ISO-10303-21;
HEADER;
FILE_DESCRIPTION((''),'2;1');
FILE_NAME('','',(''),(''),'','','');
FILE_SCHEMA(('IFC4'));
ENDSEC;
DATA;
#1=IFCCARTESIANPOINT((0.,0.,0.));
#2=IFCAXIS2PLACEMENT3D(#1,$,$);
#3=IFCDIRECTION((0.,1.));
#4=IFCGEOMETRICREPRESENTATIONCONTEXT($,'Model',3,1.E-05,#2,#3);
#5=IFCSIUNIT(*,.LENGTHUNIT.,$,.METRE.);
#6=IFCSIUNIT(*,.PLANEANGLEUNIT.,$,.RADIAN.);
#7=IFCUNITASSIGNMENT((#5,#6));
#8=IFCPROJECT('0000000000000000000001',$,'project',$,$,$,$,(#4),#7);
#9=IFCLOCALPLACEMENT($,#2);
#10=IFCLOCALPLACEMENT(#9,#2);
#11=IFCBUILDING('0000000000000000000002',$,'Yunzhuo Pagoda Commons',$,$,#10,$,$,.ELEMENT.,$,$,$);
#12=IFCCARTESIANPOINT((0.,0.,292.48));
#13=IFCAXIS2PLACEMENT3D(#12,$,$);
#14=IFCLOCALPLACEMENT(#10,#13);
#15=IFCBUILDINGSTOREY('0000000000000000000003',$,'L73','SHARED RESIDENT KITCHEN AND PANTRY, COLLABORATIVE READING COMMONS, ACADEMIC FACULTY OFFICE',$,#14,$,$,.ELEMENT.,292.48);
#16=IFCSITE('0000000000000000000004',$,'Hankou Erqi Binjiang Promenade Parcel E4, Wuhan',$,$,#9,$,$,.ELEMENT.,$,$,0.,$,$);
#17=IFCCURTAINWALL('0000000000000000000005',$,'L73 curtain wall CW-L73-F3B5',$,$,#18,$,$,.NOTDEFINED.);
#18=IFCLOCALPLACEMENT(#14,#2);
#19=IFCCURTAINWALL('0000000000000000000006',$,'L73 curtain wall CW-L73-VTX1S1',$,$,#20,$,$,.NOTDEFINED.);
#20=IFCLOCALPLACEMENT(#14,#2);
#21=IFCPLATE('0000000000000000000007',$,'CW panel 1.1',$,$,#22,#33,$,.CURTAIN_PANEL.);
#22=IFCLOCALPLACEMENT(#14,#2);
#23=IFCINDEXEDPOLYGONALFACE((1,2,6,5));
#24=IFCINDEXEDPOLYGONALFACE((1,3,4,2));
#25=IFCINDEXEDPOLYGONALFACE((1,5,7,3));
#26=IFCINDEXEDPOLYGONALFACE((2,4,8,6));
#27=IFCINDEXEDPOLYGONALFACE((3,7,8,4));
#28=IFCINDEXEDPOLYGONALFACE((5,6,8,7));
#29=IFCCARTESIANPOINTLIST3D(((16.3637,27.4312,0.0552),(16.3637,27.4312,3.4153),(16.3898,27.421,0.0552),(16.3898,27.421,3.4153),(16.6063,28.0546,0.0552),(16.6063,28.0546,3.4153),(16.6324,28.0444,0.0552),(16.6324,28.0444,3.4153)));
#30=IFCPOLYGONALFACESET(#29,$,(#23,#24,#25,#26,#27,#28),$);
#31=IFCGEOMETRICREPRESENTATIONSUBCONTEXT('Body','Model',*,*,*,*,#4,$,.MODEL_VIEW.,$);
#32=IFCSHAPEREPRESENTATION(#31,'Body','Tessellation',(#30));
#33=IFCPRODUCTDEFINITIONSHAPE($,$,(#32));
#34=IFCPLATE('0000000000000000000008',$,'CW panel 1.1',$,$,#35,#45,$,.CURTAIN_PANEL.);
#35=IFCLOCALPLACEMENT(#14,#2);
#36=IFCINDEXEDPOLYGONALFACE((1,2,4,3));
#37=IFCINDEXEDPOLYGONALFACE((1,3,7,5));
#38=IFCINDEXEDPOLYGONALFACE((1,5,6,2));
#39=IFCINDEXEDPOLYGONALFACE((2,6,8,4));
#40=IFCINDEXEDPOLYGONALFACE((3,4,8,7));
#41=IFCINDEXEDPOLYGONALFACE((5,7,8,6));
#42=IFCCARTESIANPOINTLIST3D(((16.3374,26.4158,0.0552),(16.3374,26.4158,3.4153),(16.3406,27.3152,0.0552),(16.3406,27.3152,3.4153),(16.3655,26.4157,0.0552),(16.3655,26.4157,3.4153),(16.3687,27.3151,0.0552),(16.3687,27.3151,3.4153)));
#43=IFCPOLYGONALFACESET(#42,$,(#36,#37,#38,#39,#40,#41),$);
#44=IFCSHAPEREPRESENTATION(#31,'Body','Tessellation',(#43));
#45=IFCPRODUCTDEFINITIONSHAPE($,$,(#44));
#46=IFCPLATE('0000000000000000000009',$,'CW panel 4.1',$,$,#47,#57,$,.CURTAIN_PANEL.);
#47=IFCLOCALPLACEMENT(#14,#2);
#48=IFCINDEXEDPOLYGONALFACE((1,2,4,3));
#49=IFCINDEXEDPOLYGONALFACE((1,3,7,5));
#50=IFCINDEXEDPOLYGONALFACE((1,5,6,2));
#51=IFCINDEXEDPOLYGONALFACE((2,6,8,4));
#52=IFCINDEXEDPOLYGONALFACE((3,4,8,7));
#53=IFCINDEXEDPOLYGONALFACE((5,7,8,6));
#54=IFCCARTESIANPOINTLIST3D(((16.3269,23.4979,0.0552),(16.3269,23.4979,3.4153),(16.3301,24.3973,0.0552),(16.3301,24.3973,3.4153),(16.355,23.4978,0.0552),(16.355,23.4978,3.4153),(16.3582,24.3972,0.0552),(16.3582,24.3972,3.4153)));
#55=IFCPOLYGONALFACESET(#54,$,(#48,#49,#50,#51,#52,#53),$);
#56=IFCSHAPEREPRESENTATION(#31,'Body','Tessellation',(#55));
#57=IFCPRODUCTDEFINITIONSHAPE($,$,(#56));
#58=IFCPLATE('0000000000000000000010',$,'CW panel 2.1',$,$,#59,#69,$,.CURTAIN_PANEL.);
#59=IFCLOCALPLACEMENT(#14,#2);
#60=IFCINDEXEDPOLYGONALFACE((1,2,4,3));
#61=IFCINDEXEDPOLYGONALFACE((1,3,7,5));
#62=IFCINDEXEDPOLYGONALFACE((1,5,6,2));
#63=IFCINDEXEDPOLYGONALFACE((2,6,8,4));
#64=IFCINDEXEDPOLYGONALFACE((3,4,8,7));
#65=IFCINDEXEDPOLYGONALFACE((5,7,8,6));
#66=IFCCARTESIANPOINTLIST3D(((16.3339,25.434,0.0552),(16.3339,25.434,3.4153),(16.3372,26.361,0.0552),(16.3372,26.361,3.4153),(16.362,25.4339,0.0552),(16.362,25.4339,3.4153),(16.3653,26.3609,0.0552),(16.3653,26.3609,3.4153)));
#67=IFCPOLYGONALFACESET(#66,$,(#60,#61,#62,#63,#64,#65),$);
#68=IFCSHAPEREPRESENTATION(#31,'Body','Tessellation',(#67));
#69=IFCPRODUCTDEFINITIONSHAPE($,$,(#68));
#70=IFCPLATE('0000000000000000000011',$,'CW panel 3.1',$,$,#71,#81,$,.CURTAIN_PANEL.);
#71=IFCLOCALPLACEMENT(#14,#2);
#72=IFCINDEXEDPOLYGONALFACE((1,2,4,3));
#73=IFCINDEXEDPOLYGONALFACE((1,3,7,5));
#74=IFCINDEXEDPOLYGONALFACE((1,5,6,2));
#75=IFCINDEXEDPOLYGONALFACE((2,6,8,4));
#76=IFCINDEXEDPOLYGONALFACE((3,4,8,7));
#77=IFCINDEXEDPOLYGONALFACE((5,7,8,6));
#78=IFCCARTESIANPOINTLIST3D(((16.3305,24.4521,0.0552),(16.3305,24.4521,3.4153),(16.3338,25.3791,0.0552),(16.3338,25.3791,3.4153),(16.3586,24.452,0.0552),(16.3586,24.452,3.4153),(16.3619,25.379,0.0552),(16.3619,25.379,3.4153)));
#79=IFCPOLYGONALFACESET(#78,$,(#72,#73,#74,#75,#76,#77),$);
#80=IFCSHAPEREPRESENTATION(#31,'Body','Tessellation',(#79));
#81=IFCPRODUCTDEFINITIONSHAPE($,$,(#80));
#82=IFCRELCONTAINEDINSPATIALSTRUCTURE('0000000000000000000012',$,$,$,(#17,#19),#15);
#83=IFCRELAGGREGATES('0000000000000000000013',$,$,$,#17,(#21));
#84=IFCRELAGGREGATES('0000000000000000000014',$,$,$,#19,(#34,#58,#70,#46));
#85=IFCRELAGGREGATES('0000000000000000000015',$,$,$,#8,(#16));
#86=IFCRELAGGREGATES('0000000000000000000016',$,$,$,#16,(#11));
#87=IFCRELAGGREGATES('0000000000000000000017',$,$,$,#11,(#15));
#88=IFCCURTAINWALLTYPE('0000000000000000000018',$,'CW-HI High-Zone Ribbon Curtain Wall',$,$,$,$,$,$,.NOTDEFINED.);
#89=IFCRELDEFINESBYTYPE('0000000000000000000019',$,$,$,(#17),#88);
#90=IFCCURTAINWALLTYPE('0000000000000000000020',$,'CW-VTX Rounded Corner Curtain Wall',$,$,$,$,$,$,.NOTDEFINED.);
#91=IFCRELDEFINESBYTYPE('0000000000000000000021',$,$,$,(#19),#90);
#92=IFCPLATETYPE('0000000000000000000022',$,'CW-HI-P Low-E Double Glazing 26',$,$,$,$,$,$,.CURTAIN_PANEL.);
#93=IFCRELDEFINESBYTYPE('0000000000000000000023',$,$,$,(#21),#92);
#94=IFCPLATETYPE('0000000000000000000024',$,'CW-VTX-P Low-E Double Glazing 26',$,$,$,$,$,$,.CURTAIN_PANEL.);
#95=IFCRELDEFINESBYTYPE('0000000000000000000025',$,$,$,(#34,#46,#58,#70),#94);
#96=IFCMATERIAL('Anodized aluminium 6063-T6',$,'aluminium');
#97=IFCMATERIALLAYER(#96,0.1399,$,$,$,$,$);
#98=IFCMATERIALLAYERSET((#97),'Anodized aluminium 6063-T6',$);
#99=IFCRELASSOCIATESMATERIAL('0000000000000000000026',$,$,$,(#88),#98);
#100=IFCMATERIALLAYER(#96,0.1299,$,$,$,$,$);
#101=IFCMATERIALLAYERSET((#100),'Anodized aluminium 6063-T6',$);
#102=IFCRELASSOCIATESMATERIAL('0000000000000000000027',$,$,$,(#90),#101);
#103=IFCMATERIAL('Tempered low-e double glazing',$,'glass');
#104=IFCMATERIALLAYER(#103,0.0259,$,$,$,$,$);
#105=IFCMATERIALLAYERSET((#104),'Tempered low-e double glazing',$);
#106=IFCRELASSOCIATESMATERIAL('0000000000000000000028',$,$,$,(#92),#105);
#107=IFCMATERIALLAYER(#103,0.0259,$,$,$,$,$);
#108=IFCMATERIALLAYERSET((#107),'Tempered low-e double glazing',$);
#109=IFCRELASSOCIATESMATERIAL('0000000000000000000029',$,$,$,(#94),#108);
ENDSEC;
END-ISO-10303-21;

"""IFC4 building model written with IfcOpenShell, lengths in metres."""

from ifc_helpers import new_model, si_unit, direction, frame, origin, origin_2d, place, context, subcontext, project, spatial, rectangle, extrude, source, transform, mapped, material, layer, layer_set, type_object, element, aggregate, save


model = new_model("IFC4")

# Units and contexts
model_context = context("Model", 3, precision=1e-05, world=origin(), true_north=direction((0.0, 1.0)))
body_context = subcontext(model_context, "Body", "Model", "MODEL_VIEW")
ifc_project = project(units=[si_unit("LENGTHUNIT", "METRE"), si_unit("PLANEANGLEUNIT", "RADIAN")], contexts=[model_context])

# Site, building, storey
site_placement = place(None, origin())
site = spatial("IfcSite", under=ifc_project, at=site_placement, Name="Hankou Erqi Binjiang Promenade Parcel E4, Wuhan", CompositionType="ELEMENT", RefElevation=0.0)
building_placement = place(site_placement, origin())
building = spatial("IfcBuilding", under=site, at=building_placement, Name="Yunzhuo Pagoda Commons", CompositionType="ELEMENT")
storey_placement = place(building_placement, frame((0.0, 0.0, 292.48)))
storey = spatial("IfcBuildingStorey", under=building, at=storey_placement, Name="L73", Description="SHARED RESIDENT KITCHEN AND PANTRY, COLLABORATIVE READING COMMONS, ACADEMIC FACULTY OFFICE", CompositionType="ELEMENT", Elevation=292.48)

# Shared definitions
ifc_material_1 = material(Name="Anodized aluminium 6063-T6", Category="aluminium")
ifc_layer_1 = layer(ifc_material_1, 0.1399)
ifc_layer_set_1 = layer_set([ifc_layer_1], Name="Anodized aluminium 6063-T6")
curtain_wall_type_1 = type_object("IfcCurtainWallType", Name="CW-HI High-Zone Ribbon Curtain Wall", PredefinedType="NOTDEFINED", material=ifc_layer_set_1)

# Curtain walls
curtain_wall_1_placement = place(storey_placement, origin())
curtain_wall_1 = element("IfcCurtainWall", 1, at=curtain_wall_1_placement, inside=storey, type_object=curtain_wall_type_1, Name="L73 curtain wall CW-L73-F3B5", PredefinedType="NOTDEFINED")
ifc_layer_2 = layer(ifc_material_1, 0.1299)
ifc_layer_set_2 = layer_set([ifc_layer_2], Name="Anodized aluminium 6063-T6")
curtain_wall_type_2 = type_object("IfcCurtainWallType", Name="CW-VTX Rounded Corner Curtain Wall", PredefinedType="NOTDEFINED", material=ifc_layer_set_2)
curtain_wall_2_placement = place(storey_placement, origin())
curtain_wall_2 = element("IfcCurtainWall", 2, at=curtain_wall_2_placement, inside=storey, type_object=curtain_wall_type_2, Name="L73 curtain wall CW-L73-VTX1S1", PredefinedType="NOTDEFINED")

# Plates
ifc_material_2 = material(Name="Tempered low-e double glazing", Category="glass")
ifc_layer_3 = layer(ifc_material_2, 0.0259)
ifc_layer_set_3 = layer_set([ifc_layer_3], Name="Tempered low-e double glazing")
plate_type_1 = type_object("IfcPlateType", Name="CW-HI-P Low-E Double Glazing 26", PredefinedType="CURTAIN_PANEL", material=ifc_layer_set_3)
shared_shape_1 = source(origin(), body_context, "Body", "SweptSolid", [
    extrude(rectangle(XDim=0.6689, YDim=0.0281, at=origin_2d()), origin(), (0.0, 0.0, 1.0), 3.3601),
])
plate_1_placement = place(storey_placement, frame((16.498, 27.7378, 0.0552), z_axis=(0.0, 0.0, 1.0), x_axis=(-0.362654, -0.931924, 0.0)))
plate_1 = element("IfcPlate", 3, at=plate_1_placement, type_object=plate_type_1, Name="CW panel 1.1", PredefinedType="CURTAIN_PANEL", context=body_context, shape_type="MappedRepresentation", body=[
    mapped(shared_shape_1, transform((0.0, 0.0, 0.0), scale=1.0)),
])
aggregate(curtain_wall_1, [plate_1])
ifc_layer_4 = layer(ifc_material_2, 0.0259)
ifc_layer_set_4 = layer_set([ifc_layer_4], Name="Tempered low-e double glazing")
plate_type_2 = type_object("IfcPlateType", Name="CW-VTX-P Low-E Double Glazing 26", PredefinedType="CURTAIN_PANEL", material=ifc_layer_set_4)
shared_shape_2 = source(origin(), body_context, "Body", "SweptSolid", [
    extrude(rectangle(XDim=0.8994, YDim=0.0281, at=origin_2d()), origin(), (0.0, 0.0, 1.0), 3.3601),
])
plate_2_placement = place(storey_placement, frame((16.353, 26.8655, 0.0552), z_axis=(0.0, 0.0, 1.0), x_axis=(-0.00359, -0.999994, 0.0)))
plate_2 = element("IfcPlate", 4, at=plate_2_placement, type_object=plate_type_2, Name="CW panel 1.1", PredefinedType="CURTAIN_PANEL", context=body_context, shape_type="MappedRepresentation", body=[
    mapped(shared_shape_2, transform((0.0, 0.0, 0.0), scale=1.0)),
])
plate_3_placement = place(storey_placement, frame((16.3425, 23.9475, 0.0552), z_axis=(0.0, 0.0, 1.0), x_axis=(-0.00359, -0.999994, 0.0)))
plate_3 = element("IfcPlate", 5, at=plate_3_placement, type_object=plate_type_2, Name="CW panel 4.1", PredefinedType="CURTAIN_PANEL", context=body_context, shape_type="MappedRepresentation", body=[
    mapped(shared_shape_2, transform((0.0, 0.0, 0.0), scale=1.0)),
])
shared_shape_3 = source(origin(), body_context, "Body", "SweptSolid", [
    extrude(rectangle(XDim=0.927, YDim=0.0281, at=origin_2d()), origin(), (0.0, 0.0, 1.0), 3.3601),
])
plate_4_placement = place(storey_placement, frame((16.3496, 25.8975, 0.0552), z_axis=(0.0, 0.0, 1.0), x_axis=(-0.00359, -0.999994, 0.0)))
plate_4 = element("IfcPlate", 6, at=plate_4_placement, type_object=plate_type_2, Name="CW panel 2.1", PredefinedType="CURTAIN_PANEL", context=body_context, shape_type="MappedRepresentation", body=[
    mapped(shared_shape_3, transform((0.0, 0.0, 0.0), scale=1.0)),
])
plate_5_placement = place(storey_placement, frame((16.3462, 24.9155, 0.0552), z_axis=(0.0, 0.0, 1.0), x_axis=(-0.00359, -0.999994, 0.0)))
plate_5 = element("IfcPlate", 7, at=plate_5_placement, type_object=plate_type_2, Name="CW panel 3.1", PredefinedType="CURTAIN_PANEL", context=body_context, shape_type="MappedRepresentation", body=[
    mapped(shared_shape_3, transform((0.0, 0.0, 0.0), scale=1.0)),
])
aggregate(curtain_wall_2, [plate_2, plate_4, plate_5, plate_3])

save(model, "model.ifc")
